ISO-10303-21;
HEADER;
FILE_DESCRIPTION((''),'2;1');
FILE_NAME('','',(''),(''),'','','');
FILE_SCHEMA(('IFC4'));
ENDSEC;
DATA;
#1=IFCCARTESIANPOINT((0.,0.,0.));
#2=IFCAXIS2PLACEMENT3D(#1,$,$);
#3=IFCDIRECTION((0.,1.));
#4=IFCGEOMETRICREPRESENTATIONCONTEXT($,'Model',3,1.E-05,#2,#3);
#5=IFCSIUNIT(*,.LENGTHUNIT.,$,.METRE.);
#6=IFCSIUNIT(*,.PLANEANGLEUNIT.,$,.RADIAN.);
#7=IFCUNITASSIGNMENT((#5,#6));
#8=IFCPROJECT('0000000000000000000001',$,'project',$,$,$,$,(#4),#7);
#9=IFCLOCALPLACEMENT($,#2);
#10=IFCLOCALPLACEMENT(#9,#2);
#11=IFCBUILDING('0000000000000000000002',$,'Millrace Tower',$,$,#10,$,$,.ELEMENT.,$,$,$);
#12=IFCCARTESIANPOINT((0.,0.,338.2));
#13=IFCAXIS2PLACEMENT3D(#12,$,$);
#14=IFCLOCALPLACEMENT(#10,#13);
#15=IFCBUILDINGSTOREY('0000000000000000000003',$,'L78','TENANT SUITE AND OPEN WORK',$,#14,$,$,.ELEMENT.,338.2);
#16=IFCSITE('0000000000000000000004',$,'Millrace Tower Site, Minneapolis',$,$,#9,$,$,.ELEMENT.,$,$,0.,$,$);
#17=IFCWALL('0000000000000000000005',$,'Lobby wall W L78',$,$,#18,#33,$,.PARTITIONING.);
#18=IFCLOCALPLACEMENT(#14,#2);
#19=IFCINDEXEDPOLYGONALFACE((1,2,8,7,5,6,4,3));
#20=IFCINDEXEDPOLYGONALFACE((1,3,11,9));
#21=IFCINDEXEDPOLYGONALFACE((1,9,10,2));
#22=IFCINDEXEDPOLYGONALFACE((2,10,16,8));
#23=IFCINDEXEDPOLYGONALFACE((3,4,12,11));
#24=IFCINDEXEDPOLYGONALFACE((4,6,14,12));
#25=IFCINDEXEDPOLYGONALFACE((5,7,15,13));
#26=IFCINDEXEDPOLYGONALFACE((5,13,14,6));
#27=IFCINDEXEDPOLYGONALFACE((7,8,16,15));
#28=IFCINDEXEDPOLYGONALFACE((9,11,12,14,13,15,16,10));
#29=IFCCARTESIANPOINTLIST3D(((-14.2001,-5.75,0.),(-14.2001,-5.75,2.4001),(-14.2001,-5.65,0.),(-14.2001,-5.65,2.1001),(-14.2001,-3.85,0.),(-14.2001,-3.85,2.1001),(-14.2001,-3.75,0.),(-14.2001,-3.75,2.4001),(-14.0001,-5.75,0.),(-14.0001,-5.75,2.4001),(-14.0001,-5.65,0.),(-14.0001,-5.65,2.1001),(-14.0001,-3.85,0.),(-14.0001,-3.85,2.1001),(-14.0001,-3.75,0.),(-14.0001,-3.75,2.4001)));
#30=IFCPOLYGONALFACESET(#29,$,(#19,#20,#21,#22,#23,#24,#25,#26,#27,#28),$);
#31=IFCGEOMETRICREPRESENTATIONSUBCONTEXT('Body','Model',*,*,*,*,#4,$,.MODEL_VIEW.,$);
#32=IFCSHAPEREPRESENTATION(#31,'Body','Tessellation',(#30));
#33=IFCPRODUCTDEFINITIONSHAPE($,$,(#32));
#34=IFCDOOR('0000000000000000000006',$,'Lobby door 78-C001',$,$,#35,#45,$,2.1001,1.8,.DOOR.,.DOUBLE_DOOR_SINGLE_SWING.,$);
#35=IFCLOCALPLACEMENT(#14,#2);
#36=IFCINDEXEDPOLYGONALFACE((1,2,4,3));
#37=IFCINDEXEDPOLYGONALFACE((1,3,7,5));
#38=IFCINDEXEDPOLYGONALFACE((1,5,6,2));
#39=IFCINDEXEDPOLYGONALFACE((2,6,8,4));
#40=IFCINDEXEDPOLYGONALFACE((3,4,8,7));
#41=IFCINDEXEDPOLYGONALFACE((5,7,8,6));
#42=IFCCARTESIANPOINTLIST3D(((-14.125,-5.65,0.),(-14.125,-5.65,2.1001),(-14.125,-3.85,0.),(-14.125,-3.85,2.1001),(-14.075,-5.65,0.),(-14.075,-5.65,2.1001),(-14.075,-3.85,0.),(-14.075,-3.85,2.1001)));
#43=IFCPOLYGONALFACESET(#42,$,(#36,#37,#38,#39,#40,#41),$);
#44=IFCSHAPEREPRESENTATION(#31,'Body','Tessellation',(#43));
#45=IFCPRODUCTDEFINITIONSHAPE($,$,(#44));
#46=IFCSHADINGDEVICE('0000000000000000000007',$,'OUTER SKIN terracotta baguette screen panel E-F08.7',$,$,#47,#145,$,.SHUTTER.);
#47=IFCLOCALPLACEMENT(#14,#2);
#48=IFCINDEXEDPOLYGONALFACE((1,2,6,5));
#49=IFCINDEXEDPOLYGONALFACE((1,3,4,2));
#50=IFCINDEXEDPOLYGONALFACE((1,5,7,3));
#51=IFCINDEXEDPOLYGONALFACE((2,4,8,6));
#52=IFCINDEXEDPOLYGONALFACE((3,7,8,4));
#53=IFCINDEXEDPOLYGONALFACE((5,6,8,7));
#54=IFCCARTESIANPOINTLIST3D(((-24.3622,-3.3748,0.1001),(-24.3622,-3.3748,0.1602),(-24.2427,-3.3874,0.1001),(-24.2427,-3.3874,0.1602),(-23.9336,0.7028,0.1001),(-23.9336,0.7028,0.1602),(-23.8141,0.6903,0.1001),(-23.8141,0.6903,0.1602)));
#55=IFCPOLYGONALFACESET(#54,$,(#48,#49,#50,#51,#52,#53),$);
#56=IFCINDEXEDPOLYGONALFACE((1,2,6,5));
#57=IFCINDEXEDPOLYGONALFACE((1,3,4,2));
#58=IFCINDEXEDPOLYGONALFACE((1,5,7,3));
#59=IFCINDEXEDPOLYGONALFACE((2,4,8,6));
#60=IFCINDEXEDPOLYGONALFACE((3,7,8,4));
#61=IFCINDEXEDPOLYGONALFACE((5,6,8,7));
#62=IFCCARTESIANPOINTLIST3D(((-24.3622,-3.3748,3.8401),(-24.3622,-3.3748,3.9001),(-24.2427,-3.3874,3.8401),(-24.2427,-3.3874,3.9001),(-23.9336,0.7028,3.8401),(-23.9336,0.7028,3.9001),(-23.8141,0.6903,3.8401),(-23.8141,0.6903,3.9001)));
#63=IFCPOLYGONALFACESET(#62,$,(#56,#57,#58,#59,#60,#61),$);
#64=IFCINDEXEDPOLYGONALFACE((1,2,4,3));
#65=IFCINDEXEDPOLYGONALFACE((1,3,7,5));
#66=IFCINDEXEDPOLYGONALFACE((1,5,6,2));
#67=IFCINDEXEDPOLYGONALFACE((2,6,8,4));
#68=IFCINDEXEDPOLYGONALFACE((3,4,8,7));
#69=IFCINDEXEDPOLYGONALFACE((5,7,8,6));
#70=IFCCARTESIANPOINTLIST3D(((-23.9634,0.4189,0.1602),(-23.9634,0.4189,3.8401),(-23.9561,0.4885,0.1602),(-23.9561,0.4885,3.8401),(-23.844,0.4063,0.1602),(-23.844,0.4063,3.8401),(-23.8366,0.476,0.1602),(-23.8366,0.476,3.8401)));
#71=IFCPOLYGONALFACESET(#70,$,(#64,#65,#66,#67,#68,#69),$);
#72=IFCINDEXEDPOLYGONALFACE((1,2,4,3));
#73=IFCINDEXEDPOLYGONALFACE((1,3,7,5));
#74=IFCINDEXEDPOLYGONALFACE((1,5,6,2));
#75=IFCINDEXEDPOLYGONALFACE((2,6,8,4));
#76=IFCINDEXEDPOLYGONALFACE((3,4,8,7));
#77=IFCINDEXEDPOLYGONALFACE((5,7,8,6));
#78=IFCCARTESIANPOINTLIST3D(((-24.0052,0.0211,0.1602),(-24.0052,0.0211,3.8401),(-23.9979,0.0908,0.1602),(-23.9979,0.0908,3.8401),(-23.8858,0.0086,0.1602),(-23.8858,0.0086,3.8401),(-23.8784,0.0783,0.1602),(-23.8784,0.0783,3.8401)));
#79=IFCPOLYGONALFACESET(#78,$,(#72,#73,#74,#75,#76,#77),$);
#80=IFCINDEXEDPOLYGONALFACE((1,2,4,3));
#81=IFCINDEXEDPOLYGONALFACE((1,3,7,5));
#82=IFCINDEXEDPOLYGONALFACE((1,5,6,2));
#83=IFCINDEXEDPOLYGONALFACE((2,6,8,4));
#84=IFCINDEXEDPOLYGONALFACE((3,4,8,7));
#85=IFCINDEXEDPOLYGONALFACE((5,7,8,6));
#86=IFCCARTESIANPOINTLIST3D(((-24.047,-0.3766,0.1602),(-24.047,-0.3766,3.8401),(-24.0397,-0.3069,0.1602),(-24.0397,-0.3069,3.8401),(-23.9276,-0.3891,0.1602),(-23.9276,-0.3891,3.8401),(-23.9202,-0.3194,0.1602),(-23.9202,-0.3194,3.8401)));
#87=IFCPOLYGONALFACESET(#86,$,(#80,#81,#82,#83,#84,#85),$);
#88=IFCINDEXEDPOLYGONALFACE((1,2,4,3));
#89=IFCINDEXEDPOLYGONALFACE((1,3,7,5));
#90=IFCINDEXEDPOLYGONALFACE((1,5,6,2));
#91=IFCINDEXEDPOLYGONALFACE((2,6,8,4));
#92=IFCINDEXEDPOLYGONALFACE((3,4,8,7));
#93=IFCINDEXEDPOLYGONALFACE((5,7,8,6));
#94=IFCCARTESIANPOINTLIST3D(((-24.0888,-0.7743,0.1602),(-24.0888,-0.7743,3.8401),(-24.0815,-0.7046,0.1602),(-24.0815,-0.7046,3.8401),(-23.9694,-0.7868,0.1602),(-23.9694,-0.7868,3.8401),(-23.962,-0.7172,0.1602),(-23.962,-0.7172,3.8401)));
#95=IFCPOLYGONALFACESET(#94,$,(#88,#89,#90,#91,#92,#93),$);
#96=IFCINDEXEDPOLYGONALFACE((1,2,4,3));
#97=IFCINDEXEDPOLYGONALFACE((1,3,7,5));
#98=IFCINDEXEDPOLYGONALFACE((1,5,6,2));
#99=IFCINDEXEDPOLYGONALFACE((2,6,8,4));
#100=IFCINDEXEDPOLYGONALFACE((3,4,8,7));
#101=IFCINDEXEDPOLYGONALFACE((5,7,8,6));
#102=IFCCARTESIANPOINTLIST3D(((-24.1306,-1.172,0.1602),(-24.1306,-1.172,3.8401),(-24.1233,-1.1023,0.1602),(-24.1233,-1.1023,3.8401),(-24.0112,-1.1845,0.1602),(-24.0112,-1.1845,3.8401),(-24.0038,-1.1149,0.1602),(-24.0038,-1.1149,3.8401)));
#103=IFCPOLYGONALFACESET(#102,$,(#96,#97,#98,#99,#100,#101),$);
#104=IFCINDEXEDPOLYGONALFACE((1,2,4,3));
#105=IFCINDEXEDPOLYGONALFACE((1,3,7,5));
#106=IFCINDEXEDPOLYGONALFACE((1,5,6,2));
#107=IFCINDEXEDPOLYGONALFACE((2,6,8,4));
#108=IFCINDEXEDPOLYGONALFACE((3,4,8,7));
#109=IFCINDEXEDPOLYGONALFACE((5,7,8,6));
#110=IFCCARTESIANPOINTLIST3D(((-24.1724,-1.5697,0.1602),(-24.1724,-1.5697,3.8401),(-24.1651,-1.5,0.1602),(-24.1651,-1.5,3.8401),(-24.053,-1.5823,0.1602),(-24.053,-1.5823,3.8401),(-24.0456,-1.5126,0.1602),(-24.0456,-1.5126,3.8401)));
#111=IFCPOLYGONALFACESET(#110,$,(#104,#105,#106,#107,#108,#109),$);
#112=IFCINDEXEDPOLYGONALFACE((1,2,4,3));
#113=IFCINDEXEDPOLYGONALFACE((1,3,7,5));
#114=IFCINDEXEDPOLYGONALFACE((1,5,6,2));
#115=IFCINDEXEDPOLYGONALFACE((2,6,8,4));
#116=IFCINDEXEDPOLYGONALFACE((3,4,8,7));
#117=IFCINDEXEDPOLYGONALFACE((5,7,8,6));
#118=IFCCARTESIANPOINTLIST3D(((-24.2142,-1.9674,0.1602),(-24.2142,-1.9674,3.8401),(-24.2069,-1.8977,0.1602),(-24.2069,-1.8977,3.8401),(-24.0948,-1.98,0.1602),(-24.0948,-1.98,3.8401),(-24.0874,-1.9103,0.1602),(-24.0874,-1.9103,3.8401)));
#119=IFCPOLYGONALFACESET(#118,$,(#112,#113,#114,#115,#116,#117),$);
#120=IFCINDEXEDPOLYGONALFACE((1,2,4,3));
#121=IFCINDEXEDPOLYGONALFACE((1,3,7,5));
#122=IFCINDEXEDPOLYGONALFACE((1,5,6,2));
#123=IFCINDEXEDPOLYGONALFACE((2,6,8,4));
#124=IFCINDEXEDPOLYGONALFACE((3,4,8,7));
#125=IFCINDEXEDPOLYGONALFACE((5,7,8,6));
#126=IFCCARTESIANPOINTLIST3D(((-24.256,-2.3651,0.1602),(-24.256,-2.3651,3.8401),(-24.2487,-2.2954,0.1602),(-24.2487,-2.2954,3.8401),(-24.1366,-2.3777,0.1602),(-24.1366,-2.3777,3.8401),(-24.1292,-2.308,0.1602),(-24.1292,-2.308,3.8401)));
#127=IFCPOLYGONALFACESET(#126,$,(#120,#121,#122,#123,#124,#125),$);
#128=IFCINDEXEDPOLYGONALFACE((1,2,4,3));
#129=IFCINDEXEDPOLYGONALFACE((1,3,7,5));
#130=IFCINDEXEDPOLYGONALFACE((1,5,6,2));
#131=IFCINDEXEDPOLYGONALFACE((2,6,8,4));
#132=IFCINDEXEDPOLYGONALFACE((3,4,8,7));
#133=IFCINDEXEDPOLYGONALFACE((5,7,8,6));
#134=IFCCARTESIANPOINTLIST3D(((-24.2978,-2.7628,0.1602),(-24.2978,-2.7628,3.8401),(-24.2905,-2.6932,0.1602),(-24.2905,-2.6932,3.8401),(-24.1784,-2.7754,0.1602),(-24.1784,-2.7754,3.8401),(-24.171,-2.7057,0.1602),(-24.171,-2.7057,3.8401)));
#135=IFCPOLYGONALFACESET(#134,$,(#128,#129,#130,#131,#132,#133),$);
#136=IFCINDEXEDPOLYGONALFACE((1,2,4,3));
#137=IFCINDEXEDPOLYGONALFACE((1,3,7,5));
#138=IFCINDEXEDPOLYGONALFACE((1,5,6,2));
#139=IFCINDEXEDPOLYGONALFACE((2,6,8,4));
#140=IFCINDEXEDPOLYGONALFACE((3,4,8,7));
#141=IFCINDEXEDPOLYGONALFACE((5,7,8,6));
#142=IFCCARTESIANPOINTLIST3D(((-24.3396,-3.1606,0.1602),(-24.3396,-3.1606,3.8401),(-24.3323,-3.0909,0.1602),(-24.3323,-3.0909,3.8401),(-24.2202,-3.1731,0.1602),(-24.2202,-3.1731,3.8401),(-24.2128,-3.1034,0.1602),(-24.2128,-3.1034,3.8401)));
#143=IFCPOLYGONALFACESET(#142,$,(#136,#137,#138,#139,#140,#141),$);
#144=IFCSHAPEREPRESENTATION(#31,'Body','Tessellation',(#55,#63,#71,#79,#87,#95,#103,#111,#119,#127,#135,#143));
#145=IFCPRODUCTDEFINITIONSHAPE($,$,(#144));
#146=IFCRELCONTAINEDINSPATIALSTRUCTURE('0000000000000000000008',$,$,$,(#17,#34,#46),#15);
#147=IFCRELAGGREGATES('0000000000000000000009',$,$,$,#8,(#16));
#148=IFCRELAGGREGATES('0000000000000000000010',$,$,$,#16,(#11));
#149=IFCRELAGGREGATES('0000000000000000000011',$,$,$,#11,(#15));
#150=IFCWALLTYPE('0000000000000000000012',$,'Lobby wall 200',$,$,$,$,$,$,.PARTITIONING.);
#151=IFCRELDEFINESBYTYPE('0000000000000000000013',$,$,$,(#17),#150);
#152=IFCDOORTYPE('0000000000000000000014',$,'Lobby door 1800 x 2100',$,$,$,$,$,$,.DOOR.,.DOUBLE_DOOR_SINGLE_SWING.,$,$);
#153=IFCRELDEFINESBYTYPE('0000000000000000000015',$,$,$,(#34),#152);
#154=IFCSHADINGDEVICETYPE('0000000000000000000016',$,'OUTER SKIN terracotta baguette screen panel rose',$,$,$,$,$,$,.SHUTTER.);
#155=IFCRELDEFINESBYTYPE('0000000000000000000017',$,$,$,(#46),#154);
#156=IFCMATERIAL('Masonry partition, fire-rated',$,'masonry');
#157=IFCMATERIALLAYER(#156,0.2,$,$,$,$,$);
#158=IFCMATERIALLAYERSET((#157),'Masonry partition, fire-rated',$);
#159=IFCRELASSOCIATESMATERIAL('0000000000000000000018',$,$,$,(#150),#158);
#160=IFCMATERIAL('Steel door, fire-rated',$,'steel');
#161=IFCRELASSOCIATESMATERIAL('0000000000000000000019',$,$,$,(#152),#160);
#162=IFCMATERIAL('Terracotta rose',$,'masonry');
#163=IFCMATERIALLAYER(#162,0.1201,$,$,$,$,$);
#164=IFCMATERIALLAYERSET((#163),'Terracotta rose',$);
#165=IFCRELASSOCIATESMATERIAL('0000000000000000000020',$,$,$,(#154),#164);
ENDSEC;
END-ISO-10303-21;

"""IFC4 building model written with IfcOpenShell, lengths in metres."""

from ifc_helpers import new_model, entity, si_unit, direction, frame, frame_2d, origin, place, context, subcontext, project, spatial, rectangle, extrude, source, transform, mapped, material, layer, layer_set, type_object, element, fill, save


model = new_model("IFC4")

# Units and contexts
model_context = context("Model", 3, precision=1e-05, world=origin(), true_north=direction((0.0, 1.0)))
body_context = subcontext(model_context, "Body", "Model", "MODEL_VIEW")
ifc_project = project(units=[si_unit("LENGTHUNIT", "METRE"), si_unit("PLANEANGLEUNIT", "RADIAN")], contexts=[model_context])

# Site, building, storey
site_placement = place(None, origin())
site = spatial("IfcSite", under=ifc_project, at=site_placement, Name="Millrace Tower Site, Minneapolis", CompositionType="ELEMENT", RefElevation=0.0)
building_placement = place(site_placement, origin())
building = spatial("IfcBuilding", under=site, at=building_placement, Name="Millrace Tower", CompositionType="ELEMENT")
storey_placement = place(building_placement, frame((0.0, 0.0, 338.2)))
storey = spatial("IfcBuildingStorey", under=building, at=storey_placement, Name="L78", Description="TENANT SUITE AND OPEN WORK", CompositionType="ELEMENT", Elevation=338.2)

# Wall, opening, door
ifc_material_1 = material(Name="Masonry partition, fire-rated", Category="masonry")
ifc_layer_1 = layer(ifc_material_1, 0.2)
ifc_layer_set_1 = layer_set([ifc_layer_1], Name="Masonry partition, fire-rated")
wall_type_1 = type_object("IfcWallType", Name="Lobby wall 200", PredefinedType="PARTITIONING", material=ifc_layer_set_1)
wall_1_placement = place(storey_placement, frame((-14.1001, -5.75, 0.0), z_axis=(0.0, 0.0, 1.0), x_axis=(0.0, 1.0, 0.0)))
wall_1 = element("IfcWall", 1, at=wall_1_placement, inside=storey, type_object=wall_type_1, Name="Lobby wall W L78", PredefinedType="PARTITIONING", context=body_context, shape_type="SweptSolid", body=[
    extrude(rectangle(XDim=2.0, YDim=0.2, at=frame_2d((1.0, 0.0))), origin(), (0.0, 0.0, 1.0), 2.4001),
])
opening_1_placement = place(wall_1_placement, frame((0.1001, 0.0, 0.0)))
opening_1 = element("IfcOpeningElement", 2, at=opening_1_placement, cuts=wall_1, PredefinedType="OPENING", context=body_context, shape_type="SweptSolid", body=[
    extrude(rectangle(XDim=1.8, YDim=2.1001, at=frame_2d((0.8999, 1.05))), frame((0.0, 0.1099, 0.0), z_axis=(0.0, -1.0, 0.0), x_axis=(1.0, 0.0, 0.0)), (0.0, 0.0, 1.0), 0.22),
])
ifc_material_2 = material(Name="Steel door, fire-rated", Category="steel")
door_type_1 = type_object("IfcDoorType", Name="Lobby door 1800 x 2100", OperationType="DOUBLE_DOOR_SINGLE_SWING", PredefinedType="DOOR", material=ifc_material_2)
door_1_placement = place(opening_1_placement, origin())
door_1 = element("IfcDoor", 3, at=door_1_placement, inside=storey, type_object=door_type_1, Name="Lobby door 78-C001", OperationType="DOUBLE_DOOR_SINGLE_SWING", OverallHeight=2.1001, OverallWidth=1.8, PredefinedType="DOOR", context=body_context, shape_type="SweptSolid", body=[
    extrude(rectangle(XDim=1.8, YDim=2.1001, at=frame_2d((0.8999, 1.05))), frame((0.0, 0.0249, 0.0), z_axis=(0.0, -1.0, 0.0), x_axis=(1.0, 0.0, 0.0)), (0.0, 0.0, 1.0), 0.05),
])
fill(opening_1, door_1)

# Shading device
ifc_material_3 = material(Name="Terracotta rose", Category="masonry")
ifc_layer_2 = layer(ifc_material_3, 0.1201)
ifc_layer_set_2 = layer_set([ifc_layer_2], Name="Terracotta rose")
shading_device_type = type_object("IfcShadingDeviceType", Name="OUTER SKIN terracotta baguette screen panel rose", PredefinedType="SHUTTER", material=ifc_layer_set_2)
cartesian_point_1 = entity("IfcCartesianPoint", [-2.05, 0.0601])
shared_polyline_1 = entity("IfcPolyline", [cartesian_point_1, entity("IfcCartesianPoint", [2.05, 0.0601]), entity("IfcCartesianPoint", [2.05, -0.0601]), entity("IfcCartesianPoint", [-2.05, -0.0601]), cartesian_point_1])
shared_shape_1 = source(origin(), body_context, "Body", "SweptSolid", [
    entity("IfcExtrudedAreaSolid", entity("IfcArbitraryClosedProfileDef", "AREA", None, shared_polyline_1), entity("IfcAxis2Placement3D", entity("IfcCartesianPoint", [0.0, 0.0, 0.0])), entity("IfcDirection", [0.0, 0.0, 1.0]), 0.0601),
    entity("IfcExtrudedAreaSolid", entity("IfcArbitraryClosedProfileDef", "AREA", None, shared_polyline_1), entity("IfcAxis2Placement3D", entity("IfcCartesianPoint", [0.0, 0.0, 3.74])), entity("IfcDirection", [0.0, 0.0, 1.0]), 0.0601),
    extrude(rectangle(XDim=0.0701, YDim=0.1201, at=frame_2d((-1.7996, 0.0))), frame((0.0, 0.0, 0.0601)), (0.0, 0.0, 1.0), 3.6799),
    extrude(rectangle(XDim=0.0701, YDim=0.1201, at=frame_2d((-1.3997, 0.0))), frame((0.0, 0.0, 0.0601)), (0.0, 0.0, 1.0), 3.6799),
    extrude(rectangle(XDim=0.0701, YDim=0.1201, at=frame_2d((-0.9998, 0.0))), frame((0.0, 0.0, 0.0601)), (0.0, 0.0, 1.0), 3.6799),
    extrude(rectangle(XDim=0.0701, YDim=0.1201, at=frame_2d((-0.5999, 0.0))), frame((0.0, 0.0, 0.0601)), (0.0, 0.0, 1.0), 3.6799),
    extrude(rectangle(XDim=0.0701, YDim=0.1201, at=frame_2d((-0.2, 0.0))), frame((0.0, 0.0, 0.0601)), (0.0, 0.0, 1.0), 3.6799),
    extrude(rectangle(XDim=0.0701, YDim=0.1201, at=frame_2d((0.2, 0.0))), frame((0.0, 0.0, 0.0601)), (0.0, 0.0, 1.0), 3.6799),
    extrude(rectangle(XDim=0.0701, YDim=0.1201, at=frame_2d((0.5999, 0.0))), frame((0.0, 0.0, 0.0601)), (0.0, 0.0, 1.0), 3.6799),
    extrude(rectangle(XDim=0.0701, YDim=0.1201, at=frame_2d((0.9998, 0.0))), frame((0.0, 0.0, 0.0601)), (0.0, 0.0, 1.0), 3.6799),
    extrude(rectangle(XDim=0.0701, YDim=0.1201, at=frame_2d((1.3997, 0.0))), frame((0.0, 0.0, 0.0601)), (0.0, 0.0, 1.0), 3.6799),
    extrude(rectangle(XDim=0.0701, YDim=0.1201, at=frame_2d((1.7996, 0.0))), frame((0.0, 0.0, 0.0601)), (0.0, 0.0, 1.0), 3.6799),
])
for number, where, z_axis, x_axis, name in (
    (4, (-24.0881, -1.3423, 0.1001), (0.0, 0.0, 1.0), (-0.104528, -0.994522, 0.0), "OUTER SKIN terracotta baguette screen panel E-F08.7"),
):
    element("IfcShadingDevice", number, at=place(storey_placement, frame(where, z_axis=z_axis, x_axis=x_axis)), inside=storey, type_object=shading_device_type, Name=name, PredefinedType="SHUTTER", context=body_context, shape_type="MappedRepresentation", body=[
        mapped(shared_shape_1, transform((0.0, 0.0, 0.0), scale=1.0)),
    ])

save(model, "model.ifc")
